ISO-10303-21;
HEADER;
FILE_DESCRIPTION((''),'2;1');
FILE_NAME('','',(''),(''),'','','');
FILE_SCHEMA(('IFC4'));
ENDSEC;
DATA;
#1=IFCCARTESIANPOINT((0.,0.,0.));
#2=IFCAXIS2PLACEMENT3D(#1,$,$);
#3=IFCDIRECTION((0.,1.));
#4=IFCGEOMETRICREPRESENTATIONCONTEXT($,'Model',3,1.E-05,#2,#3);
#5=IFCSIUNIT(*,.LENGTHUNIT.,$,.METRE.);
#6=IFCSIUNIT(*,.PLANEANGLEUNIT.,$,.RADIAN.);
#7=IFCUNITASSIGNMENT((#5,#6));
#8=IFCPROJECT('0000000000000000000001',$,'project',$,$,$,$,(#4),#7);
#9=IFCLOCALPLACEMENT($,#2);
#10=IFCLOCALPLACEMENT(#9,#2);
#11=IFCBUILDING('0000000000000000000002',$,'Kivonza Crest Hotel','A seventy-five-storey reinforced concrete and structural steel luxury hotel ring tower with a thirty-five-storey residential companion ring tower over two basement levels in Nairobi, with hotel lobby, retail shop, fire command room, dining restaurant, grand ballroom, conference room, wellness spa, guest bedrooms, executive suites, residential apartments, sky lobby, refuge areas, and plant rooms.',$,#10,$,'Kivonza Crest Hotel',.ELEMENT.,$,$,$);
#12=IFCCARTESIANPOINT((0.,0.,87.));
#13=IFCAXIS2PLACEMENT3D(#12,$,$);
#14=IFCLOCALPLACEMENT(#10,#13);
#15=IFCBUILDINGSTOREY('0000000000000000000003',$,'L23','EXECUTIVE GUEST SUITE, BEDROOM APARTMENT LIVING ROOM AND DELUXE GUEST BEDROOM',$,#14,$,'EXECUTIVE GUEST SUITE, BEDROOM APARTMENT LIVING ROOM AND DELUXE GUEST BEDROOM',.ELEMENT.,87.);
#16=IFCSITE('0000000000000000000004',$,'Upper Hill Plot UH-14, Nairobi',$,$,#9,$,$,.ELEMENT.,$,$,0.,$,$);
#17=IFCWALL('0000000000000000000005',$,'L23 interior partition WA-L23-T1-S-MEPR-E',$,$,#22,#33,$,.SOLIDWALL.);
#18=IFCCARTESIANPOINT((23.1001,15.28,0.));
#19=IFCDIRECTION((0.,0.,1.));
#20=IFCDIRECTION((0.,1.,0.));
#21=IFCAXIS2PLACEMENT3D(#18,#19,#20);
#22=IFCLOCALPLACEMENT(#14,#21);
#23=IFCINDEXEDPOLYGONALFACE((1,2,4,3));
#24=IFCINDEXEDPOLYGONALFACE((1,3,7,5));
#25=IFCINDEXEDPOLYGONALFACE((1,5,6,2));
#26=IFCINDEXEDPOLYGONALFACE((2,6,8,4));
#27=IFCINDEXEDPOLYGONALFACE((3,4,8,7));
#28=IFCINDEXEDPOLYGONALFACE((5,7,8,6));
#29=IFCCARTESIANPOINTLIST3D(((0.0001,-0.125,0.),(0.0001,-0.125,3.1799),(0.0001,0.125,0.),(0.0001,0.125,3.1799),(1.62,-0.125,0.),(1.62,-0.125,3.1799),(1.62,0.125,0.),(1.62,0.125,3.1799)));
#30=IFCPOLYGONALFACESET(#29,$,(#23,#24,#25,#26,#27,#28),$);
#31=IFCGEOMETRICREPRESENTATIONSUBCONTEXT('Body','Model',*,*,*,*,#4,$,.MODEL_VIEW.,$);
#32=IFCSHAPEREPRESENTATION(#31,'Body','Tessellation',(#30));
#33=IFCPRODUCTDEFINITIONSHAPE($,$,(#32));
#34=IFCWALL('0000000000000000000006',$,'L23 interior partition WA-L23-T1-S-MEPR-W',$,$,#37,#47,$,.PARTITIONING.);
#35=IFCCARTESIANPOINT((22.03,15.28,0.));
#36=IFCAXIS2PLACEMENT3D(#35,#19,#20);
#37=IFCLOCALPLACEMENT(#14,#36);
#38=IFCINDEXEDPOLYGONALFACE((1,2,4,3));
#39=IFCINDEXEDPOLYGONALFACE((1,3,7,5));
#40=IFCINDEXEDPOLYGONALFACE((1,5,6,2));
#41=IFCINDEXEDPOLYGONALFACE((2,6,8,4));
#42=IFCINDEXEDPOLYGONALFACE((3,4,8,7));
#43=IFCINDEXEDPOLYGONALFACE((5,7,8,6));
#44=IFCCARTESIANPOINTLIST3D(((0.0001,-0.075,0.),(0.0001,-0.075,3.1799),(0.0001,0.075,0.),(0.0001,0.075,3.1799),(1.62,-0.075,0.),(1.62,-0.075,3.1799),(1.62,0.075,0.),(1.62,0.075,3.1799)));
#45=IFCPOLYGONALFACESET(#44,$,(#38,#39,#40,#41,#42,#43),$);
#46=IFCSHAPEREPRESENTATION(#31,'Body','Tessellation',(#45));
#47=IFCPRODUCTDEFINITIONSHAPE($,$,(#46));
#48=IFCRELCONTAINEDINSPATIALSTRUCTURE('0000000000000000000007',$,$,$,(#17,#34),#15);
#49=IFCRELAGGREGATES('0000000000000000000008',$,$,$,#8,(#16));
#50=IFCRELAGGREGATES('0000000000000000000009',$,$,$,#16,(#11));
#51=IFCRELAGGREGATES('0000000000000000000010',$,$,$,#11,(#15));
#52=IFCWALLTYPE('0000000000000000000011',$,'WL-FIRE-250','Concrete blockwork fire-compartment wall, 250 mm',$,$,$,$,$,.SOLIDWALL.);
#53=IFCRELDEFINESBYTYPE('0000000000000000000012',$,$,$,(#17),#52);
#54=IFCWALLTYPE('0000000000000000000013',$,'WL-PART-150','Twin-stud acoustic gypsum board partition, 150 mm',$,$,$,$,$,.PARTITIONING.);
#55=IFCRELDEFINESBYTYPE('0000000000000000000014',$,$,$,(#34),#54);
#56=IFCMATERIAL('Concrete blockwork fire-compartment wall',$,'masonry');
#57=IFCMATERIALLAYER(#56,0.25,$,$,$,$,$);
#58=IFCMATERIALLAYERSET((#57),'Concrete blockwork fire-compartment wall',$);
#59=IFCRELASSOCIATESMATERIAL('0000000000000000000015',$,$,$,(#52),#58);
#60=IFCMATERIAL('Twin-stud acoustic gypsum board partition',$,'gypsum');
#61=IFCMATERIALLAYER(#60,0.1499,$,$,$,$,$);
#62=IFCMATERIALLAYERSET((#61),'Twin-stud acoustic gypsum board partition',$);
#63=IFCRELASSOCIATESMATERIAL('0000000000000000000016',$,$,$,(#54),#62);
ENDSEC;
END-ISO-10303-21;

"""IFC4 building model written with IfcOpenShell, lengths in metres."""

from ifc_helpers import new_model, si_unit, direction, frame, frame_2d, origin, place, context, subcontext, project, spatial, rectangle, extrude, material, layer, layer_set, type_object, element, save


model = new_model("IFC4")

# Units and contexts
model_context = context("Model", 3, precision=1e-05, world=origin(), true_north=direction((0.0, 1.0)))
body_context = subcontext(model_context, "Body", "Model", "MODEL_VIEW")
ifc_project = project(units=[si_unit("LENGTHUNIT", "METRE"), si_unit("PLANEANGLEUNIT", "RADIAN")], contexts=[model_context])

# Site, building, storey
site_placement = place(None, origin())
site = spatial("IfcSite", under=ifc_project, at=site_placement, Name="Upper Hill Plot UH-14, Nairobi", CompositionType="ELEMENT", RefElevation=0.0)
building_placement = place(site_placement, origin())
building = spatial("IfcBuilding", under=site, at=building_placement, Name="Kivonza Crest Hotel", Description="A seventy-five-storey reinforced concrete and structural steel luxury hotel ring tower with a thirty-five-storey residential companion ring tower over two basement levels in Nairobi, with hotel lobby, retail shop, fire command room, dining restaurant, grand ballroom, conference room, wellness spa, guest bedrooms, executive suites, residential apartments, sky lobby, refuge areas, and plant rooms.", LongName="Kivonza Crest Hotel", CompositionType="ELEMENT")
storey_placement = place(building_placement, frame((0.0, 0.0, 87.0)))
storey = spatial("IfcBuildingStorey", under=building, at=storey_placement, Name="L23", Description="EXECUTIVE GUEST SUITE, BEDROOM APARTMENT LIVING ROOM AND DELUXE GUEST BEDROOM", LongName="EXECUTIVE GUEST SUITE, BEDROOM APARTMENT LIVING ROOM AND DELUXE GUEST BEDROOM", CompositionType="ELEMENT", Elevation=87.0)

# Walls
ifc_material_1 = material(Name="Concrete blockwork fire-compartment wall", Category="masonry")
ifc_layer_1 = layer(ifc_material_1, 0.25)
ifc_layer_set_1 = layer_set([ifc_layer_1], Name="Concrete blockwork fire-compartment wall")
wall_type_1 = type_object("IfcWallType", Name="WL-FIRE-250", Description="Concrete blockwork fire-compartment wall, 250 mm", PredefinedType="SOLIDWALL", material=ifc_layer_set_1)
wall_1_placement = place(storey_placement, frame((23.1001, 15.28, 0.0), z_axis=(0.0, 0.0, 1.0), x_axis=(0.0, 1.0, 0.0)))
element("IfcWall", 1, at=wall_1_placement, inside=storey, type_object=wall_type_1, Name="L23 interior partition WA-L23-T1-S-MEPR-E", PredefinedType="SOLIDWALL", context=body_context, shape_type="SweptSolid", body=[
    extrude(rectangle(XDim=1.6199, YDim=0.25, at=frame_2d((0.8101, 0.0))), origin(), (0.0, 0.0, 1.0), 3.1799),
])
ifc_material_2 = material(Name="Twin-stud acoustic gypsum board partition", Category="gypsum")
ifc_layer_2 = layer(ifc_material_2, 0.1499)
ifc_layer_set_2 = layer_set([ifc_layer_2], Name="Twin-stud acoustic gypsum board partition")
wall_type_2 = type_object("IfcWallType", Name="WL-PART-150", Description="Twin-stud acoustic gypsum board partition, 150 mm", PredefinedType="PARTITIONING", material=ifc_layer_set_2)
wall_2_placement = place(storey_placement, frame((22.03, 15.28, 0.0), z_axis=(0.0, 0.0, 1.0), x_axis=(0.0, 1.0, 0.0)))
element("IfcWall", 2, at=wall_2_placement, inside=storey, type_object=wall_type_2, Name="L23 interior partition WA-L23-T1-S-MEPR-W", PredefinedType="PARTITIONING", context=body_context, shape_type="SweptSolid", body=[
    extrude(rectangle(XDim=1.6199, YDim=0.1499, at=frame_2d((0.8101, 0.0))), origin(), (0.0, 0.0, 1.0), 3.1799),
])

save(model, "model.ifc")
